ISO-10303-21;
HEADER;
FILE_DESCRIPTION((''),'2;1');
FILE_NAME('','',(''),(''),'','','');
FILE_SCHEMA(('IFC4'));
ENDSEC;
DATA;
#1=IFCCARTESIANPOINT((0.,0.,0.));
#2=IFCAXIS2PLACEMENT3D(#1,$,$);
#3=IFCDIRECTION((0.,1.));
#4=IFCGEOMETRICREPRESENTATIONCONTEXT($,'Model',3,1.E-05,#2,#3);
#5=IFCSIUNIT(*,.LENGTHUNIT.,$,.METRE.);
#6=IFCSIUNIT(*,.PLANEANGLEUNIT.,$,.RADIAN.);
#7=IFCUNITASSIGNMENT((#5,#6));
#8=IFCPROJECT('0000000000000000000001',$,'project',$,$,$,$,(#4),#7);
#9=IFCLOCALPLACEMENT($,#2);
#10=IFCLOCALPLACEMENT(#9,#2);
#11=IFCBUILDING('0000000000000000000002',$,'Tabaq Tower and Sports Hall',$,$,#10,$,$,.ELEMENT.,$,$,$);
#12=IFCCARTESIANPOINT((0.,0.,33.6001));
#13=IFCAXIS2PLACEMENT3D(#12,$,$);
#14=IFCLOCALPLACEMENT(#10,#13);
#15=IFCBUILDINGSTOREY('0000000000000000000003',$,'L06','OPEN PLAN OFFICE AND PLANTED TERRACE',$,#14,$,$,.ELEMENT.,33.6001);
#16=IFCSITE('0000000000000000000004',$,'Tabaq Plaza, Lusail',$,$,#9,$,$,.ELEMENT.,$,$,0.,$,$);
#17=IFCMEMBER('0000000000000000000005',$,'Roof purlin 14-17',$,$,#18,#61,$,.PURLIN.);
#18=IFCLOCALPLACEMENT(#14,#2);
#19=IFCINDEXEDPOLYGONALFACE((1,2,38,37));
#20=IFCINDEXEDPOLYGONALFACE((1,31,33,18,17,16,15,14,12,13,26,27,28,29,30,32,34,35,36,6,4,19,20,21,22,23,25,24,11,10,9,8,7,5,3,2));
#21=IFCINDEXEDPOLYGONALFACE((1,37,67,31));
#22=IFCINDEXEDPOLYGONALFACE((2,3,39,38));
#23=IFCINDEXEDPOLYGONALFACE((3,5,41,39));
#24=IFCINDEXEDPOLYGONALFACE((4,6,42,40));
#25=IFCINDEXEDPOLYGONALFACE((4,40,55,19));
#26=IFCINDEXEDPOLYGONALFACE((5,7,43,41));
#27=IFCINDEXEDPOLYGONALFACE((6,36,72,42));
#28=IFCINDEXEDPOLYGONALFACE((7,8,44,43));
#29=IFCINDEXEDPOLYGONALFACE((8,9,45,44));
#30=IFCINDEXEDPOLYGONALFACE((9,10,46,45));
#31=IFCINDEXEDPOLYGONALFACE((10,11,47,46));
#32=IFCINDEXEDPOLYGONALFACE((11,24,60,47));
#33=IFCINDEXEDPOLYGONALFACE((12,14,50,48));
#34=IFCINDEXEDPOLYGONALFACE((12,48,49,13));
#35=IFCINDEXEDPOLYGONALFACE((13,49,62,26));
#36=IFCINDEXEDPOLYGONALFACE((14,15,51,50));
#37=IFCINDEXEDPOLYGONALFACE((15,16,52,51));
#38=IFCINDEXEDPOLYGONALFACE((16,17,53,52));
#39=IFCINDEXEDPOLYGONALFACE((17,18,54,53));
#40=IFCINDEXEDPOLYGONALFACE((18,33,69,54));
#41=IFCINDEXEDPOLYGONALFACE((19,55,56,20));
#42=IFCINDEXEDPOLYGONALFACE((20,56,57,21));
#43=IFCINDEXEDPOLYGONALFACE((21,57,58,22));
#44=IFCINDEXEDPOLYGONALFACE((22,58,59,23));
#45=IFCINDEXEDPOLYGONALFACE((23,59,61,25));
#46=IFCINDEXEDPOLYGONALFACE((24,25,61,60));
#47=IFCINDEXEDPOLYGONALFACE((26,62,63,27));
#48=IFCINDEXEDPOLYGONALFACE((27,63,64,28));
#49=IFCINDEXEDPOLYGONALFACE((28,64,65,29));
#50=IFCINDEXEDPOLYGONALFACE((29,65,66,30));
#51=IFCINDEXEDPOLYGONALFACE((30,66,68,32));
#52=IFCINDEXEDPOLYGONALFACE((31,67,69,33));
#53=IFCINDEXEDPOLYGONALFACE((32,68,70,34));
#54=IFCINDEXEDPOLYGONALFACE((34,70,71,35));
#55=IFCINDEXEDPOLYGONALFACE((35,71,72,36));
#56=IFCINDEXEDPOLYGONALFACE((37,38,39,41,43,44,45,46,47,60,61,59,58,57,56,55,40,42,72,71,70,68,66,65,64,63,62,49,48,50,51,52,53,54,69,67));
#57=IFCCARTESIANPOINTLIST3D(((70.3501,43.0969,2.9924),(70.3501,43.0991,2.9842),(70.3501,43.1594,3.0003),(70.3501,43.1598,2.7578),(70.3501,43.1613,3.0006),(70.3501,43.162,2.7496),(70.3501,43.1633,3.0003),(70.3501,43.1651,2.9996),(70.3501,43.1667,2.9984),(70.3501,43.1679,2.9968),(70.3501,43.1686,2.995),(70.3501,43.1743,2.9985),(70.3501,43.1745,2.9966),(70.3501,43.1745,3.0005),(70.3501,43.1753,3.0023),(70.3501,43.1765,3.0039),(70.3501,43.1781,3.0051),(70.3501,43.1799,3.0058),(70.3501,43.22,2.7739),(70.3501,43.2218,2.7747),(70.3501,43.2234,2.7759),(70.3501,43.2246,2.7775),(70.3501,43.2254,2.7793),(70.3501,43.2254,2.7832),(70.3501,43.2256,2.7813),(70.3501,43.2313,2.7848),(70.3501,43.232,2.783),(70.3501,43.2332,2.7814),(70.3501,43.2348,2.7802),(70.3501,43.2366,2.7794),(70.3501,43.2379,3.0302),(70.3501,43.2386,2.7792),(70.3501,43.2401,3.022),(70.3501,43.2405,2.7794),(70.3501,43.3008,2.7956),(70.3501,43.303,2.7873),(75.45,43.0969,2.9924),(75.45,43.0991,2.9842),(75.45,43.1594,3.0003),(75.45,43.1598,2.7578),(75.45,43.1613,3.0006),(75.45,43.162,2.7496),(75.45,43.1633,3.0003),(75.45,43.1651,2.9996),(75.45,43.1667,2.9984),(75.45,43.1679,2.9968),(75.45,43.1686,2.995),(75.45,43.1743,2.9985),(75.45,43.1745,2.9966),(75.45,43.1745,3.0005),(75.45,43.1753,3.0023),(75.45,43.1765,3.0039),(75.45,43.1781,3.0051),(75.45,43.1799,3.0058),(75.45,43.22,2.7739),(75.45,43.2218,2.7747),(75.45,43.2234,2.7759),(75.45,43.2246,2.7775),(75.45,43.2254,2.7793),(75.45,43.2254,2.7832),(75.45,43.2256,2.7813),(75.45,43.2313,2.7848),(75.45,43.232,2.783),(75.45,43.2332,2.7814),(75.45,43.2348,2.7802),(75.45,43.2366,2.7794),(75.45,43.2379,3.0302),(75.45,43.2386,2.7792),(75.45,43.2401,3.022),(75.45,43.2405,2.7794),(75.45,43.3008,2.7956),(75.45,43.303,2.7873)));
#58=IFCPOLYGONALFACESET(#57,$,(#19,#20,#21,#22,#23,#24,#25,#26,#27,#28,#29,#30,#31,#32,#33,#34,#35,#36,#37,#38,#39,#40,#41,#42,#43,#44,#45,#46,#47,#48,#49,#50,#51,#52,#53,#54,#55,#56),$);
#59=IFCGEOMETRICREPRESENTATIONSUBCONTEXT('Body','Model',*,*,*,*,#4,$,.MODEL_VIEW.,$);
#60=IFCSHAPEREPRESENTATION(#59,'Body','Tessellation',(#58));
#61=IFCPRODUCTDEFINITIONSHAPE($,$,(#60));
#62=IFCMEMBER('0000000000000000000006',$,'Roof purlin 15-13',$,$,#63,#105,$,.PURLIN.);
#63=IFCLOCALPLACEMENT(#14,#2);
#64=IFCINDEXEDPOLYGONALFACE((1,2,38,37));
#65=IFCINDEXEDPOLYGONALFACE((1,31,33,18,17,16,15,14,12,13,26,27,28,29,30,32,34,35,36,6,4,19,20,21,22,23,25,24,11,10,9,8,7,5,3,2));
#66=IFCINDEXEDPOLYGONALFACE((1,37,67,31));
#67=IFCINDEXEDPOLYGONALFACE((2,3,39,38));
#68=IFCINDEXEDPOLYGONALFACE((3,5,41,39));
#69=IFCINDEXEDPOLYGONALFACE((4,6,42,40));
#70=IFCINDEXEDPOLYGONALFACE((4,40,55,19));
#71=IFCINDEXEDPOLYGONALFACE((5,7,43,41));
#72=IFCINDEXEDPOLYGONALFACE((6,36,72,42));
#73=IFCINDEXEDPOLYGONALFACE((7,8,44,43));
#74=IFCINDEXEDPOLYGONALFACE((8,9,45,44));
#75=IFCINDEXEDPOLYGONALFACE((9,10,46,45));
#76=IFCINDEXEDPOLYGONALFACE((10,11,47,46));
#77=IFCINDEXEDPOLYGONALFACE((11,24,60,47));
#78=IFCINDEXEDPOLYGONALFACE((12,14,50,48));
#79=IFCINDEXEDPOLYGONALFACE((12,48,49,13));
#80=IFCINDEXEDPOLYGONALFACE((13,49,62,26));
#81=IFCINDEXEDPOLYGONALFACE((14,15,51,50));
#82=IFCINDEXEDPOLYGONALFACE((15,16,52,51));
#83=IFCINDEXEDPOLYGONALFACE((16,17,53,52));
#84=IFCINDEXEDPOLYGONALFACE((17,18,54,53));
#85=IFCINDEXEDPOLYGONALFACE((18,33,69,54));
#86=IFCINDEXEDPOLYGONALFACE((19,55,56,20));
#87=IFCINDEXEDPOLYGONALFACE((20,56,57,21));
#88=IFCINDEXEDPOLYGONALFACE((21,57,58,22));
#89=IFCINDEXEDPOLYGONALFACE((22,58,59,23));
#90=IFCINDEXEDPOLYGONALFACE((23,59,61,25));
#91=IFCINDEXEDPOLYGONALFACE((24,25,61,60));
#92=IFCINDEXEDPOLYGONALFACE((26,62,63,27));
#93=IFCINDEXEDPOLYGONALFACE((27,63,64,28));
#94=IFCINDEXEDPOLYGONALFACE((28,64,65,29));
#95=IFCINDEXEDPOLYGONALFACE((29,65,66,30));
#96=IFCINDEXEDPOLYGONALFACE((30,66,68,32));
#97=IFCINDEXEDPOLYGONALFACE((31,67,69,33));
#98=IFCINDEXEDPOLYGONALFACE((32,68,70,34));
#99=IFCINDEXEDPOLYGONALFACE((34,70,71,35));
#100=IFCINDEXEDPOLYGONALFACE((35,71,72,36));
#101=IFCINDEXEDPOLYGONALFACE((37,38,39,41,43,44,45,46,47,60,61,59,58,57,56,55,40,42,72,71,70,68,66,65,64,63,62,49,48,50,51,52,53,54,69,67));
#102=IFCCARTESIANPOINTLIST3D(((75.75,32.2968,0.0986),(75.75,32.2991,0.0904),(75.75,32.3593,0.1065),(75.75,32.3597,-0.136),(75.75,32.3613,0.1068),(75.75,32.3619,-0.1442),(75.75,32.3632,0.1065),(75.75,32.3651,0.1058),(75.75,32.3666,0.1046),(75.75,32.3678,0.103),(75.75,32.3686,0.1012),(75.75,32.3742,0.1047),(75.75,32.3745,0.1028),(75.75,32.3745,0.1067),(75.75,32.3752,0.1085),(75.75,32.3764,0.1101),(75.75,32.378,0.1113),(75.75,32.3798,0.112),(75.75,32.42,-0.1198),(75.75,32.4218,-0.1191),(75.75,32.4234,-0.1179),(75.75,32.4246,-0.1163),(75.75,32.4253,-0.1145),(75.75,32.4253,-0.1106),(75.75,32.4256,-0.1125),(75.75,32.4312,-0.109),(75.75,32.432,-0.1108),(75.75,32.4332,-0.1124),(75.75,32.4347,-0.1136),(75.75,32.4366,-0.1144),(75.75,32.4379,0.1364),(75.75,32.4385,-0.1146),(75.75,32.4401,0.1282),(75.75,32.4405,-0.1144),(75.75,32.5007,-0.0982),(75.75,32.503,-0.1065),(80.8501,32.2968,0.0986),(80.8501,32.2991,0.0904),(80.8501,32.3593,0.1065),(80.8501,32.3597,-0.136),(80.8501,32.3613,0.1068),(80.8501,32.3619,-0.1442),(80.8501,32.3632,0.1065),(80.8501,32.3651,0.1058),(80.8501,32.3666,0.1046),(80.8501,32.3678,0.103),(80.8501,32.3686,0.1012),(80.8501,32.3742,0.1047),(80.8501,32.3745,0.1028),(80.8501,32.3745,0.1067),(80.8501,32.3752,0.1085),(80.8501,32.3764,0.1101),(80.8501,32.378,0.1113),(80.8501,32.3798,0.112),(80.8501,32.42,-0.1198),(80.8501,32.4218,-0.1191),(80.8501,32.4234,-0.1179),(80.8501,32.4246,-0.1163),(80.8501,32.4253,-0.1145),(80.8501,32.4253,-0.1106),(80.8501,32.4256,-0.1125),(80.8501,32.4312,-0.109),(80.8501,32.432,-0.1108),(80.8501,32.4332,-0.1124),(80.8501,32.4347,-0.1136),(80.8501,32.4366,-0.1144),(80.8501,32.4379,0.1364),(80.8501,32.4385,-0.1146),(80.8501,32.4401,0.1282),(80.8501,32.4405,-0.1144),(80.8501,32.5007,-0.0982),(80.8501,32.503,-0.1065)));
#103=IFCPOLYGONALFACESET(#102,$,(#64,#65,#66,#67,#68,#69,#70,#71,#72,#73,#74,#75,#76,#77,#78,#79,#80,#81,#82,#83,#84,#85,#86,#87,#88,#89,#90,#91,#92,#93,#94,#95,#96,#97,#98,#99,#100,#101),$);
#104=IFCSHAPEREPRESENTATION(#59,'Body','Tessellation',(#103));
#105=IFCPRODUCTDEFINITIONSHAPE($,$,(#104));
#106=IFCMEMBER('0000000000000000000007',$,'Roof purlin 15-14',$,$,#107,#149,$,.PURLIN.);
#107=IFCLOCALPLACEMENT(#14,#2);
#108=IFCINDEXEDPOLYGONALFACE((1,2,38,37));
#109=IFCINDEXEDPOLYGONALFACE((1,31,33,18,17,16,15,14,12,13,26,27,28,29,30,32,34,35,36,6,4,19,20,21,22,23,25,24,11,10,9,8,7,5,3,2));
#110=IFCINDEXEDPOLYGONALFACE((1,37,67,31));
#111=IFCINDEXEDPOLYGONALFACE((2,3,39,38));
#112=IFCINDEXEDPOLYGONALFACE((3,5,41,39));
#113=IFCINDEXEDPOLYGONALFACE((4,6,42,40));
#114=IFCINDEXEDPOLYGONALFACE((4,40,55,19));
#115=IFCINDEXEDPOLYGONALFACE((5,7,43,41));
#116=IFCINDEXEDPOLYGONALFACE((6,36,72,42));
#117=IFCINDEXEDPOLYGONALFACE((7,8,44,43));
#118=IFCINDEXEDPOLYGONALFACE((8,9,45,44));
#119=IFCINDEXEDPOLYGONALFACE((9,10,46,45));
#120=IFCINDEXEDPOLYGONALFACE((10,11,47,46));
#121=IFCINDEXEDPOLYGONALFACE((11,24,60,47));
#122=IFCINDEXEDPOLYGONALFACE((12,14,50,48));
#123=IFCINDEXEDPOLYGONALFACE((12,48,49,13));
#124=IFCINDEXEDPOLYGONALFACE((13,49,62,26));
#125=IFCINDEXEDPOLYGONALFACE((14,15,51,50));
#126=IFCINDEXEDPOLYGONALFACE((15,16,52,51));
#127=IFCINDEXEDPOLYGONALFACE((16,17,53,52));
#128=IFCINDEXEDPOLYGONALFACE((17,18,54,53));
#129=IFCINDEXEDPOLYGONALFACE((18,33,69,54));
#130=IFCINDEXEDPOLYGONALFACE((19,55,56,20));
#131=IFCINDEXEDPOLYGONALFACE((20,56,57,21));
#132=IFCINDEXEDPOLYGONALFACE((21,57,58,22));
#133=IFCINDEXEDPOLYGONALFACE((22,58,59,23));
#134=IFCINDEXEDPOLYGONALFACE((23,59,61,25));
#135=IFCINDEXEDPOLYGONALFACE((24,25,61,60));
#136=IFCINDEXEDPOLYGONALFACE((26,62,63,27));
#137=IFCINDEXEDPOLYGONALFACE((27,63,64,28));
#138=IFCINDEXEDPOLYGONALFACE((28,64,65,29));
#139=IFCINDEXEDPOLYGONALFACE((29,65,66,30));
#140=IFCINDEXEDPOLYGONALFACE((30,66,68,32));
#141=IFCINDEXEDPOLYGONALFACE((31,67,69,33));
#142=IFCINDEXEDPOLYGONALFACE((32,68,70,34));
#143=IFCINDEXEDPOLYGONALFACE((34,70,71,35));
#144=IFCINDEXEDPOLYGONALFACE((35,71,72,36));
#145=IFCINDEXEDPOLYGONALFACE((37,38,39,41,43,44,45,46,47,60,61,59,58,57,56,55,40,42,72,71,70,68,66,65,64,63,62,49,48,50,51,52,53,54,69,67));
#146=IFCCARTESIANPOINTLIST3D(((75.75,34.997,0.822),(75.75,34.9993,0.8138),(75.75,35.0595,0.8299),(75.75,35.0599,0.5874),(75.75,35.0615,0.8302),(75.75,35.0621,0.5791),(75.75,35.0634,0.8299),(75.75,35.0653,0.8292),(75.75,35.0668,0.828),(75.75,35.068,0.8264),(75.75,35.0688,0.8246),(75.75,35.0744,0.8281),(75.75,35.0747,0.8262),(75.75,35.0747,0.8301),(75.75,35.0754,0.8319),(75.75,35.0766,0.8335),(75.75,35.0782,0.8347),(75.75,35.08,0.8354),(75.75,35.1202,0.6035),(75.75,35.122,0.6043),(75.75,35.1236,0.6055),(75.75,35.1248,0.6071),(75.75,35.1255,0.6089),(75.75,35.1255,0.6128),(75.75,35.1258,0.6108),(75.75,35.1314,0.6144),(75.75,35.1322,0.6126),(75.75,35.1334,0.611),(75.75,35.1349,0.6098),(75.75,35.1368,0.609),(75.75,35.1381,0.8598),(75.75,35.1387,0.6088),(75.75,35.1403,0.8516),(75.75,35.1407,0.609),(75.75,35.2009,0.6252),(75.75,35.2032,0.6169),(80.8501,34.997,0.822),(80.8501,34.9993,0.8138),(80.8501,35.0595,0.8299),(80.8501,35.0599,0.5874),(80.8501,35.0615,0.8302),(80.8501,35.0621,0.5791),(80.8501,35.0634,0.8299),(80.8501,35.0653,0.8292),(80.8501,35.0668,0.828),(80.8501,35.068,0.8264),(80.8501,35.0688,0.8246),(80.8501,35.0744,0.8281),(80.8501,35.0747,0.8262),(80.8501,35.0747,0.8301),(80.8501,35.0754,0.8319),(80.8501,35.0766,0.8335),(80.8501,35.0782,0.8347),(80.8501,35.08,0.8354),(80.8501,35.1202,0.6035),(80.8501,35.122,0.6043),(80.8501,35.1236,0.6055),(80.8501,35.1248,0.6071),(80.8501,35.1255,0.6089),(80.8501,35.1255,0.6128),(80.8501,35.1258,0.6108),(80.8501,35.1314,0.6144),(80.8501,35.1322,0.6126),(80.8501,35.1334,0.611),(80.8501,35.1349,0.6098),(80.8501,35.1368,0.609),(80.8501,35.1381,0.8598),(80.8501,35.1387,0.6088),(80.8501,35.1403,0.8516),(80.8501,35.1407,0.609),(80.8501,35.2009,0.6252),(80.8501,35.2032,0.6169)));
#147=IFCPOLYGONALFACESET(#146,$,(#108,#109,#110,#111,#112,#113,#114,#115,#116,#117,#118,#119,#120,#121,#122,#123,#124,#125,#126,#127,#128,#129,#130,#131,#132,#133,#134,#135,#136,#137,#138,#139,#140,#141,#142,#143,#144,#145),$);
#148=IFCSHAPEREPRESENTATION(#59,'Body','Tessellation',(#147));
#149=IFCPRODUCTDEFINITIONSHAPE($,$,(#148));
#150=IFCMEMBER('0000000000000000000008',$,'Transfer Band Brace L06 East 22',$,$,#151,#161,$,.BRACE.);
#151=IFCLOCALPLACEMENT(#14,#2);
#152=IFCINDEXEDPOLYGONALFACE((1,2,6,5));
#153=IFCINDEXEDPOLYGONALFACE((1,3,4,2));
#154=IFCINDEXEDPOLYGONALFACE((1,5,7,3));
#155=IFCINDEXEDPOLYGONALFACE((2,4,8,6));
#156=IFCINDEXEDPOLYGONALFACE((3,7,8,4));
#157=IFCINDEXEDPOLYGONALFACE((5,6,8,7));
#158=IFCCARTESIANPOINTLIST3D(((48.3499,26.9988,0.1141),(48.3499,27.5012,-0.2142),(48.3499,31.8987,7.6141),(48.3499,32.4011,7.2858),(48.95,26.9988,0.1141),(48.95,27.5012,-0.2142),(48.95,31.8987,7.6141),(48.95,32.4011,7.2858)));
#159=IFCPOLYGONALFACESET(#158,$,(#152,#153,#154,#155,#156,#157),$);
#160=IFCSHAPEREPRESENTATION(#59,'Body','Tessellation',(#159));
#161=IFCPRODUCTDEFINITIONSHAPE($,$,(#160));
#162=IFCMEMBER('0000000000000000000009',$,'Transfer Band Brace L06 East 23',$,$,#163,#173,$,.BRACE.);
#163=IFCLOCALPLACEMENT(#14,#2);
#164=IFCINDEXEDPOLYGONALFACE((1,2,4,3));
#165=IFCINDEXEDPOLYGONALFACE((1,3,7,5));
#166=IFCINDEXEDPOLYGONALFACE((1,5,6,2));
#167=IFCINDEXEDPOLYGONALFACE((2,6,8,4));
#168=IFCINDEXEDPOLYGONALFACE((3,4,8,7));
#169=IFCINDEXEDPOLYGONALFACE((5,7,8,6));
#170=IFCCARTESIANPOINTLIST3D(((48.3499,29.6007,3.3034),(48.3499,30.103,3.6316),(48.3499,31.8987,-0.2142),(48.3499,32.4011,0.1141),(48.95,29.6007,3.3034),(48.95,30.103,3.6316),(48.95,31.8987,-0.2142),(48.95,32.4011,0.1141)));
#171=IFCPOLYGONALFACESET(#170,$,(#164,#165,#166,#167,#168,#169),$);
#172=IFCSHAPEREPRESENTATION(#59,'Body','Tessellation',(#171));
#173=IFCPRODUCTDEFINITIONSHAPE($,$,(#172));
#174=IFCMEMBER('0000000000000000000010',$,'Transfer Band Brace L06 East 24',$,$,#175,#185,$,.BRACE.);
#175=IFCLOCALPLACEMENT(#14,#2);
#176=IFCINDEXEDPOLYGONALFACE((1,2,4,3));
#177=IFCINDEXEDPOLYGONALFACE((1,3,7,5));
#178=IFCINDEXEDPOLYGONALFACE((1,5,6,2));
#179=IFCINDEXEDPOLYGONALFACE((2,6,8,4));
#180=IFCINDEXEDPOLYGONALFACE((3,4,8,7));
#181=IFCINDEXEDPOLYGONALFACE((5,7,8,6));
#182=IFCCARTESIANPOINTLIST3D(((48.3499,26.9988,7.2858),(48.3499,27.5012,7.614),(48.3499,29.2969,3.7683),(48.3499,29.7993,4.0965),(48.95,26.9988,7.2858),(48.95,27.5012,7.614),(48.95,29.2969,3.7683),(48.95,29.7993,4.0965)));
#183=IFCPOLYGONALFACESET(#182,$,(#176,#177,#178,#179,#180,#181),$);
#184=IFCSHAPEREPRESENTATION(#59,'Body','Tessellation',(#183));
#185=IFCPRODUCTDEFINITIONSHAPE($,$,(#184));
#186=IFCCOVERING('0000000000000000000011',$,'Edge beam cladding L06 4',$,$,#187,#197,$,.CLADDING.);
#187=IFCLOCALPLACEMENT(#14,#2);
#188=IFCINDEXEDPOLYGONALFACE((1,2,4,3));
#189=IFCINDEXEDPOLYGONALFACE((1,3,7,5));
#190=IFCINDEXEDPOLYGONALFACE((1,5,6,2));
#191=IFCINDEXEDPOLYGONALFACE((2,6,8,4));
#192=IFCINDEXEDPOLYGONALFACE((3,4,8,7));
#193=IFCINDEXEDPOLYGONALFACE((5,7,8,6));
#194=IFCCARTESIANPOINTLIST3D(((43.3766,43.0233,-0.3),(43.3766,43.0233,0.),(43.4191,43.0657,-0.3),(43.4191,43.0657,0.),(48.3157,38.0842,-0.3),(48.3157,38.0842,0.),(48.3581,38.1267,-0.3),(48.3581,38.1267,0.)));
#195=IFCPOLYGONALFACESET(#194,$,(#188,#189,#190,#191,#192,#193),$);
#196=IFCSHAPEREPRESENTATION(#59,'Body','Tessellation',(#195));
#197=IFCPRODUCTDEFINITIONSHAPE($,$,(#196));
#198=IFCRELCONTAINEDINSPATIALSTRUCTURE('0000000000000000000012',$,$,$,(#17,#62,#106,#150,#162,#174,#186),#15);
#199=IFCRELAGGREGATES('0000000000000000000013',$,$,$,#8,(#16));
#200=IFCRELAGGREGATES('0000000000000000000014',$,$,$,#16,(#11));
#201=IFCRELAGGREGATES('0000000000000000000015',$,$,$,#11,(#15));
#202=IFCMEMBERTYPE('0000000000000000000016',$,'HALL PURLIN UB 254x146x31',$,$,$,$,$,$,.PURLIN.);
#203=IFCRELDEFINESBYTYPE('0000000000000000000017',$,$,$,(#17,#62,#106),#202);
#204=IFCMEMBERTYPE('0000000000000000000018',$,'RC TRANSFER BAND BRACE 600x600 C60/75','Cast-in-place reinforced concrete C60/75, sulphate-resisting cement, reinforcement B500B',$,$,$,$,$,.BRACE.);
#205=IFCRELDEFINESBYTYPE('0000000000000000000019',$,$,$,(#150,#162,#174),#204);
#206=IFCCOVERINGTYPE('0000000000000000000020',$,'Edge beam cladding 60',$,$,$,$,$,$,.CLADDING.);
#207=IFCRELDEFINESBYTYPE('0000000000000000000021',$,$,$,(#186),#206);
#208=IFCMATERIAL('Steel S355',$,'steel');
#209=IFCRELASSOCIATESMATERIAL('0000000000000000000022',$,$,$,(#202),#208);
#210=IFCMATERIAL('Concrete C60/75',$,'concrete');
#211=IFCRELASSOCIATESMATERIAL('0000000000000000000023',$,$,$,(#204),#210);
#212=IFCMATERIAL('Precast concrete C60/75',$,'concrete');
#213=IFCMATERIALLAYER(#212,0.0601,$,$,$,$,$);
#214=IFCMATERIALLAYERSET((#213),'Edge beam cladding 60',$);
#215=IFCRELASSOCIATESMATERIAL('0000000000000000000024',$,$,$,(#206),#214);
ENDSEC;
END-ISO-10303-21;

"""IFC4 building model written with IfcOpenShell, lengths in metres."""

from ifc_helpers import new_model, si_unit, direction, frame, frame_2d, origin, origin_2d, place, context, subcontext, project, spatial, rectangle, i_section, extrude, material, layer, layer_set, material_profile, profile_set, type_object, element, save


model = new_model("IFC4")

# Units and contexts
model_context = context("Model", 3, precision=1e-05, world=origin(), true_north=direction((0.0, 1.0)))
body_context = subcontext(model_context, "Body", "Model", "MODEL_VIEW")
ifc_project = project(units=[si_unit("LENGTHUNIT", "METRE"), si_unit("PLANEANGLEUNIT", "RADIAN")], contexts=[model_context])

# Site, building, storey
site_placement = place(None, origin())
site = spatial("IfcSite", under=ifc_project, at=site_placement, Name="Tabaq Plaza, Lusail", CompositionType="ELEMENT", RefElevation=0.0)
building_placement = place(site_placement, origin())
building = spatial("IfcBuilding", under=site, at=building_placement, Name="Tabaq Tower and Sports Hall", CompositionType="ELEMENT")
storey_placement = place(building_placement, frame((0.0, 0.0, 33.6001)))
storey = spatial("IfcBuildingStorey", under=building, at=storey_placement, Name="L06", Description="OPEN PLAN OFFICE AND PLANTED TERRACE", CompositionType="ELEMENT", Elevation=33.6001)

# Members
ifc_material_1 = material(Name="Steel S355", Category="steel")
ifc_material_profile_1 = material_profile(ifc_material_1, i_section(OverallWidth=0.146, OverallDepth=0.2515, WebThickness=0.0061, FlangeThickness=0.0085, FilletRadius=0.0076, at=origin_2d()), Name="UB 254x146x31")
ifc_profile_set_1 = profile_set([ifc_material_profile_1], Name="Steel S355")
member_type_1 = type_object("IfcMemberType", Name="HALL PURLIN UB 254x146x31", PredefinedType="PURLIN", material=ifc_profile_set_1)
for number, where, z_axis, x_axis, name in (
    (1, (70.3501, 43.2, 2.8899), (1.0, 0.0, 0.0), (0.0, 0.965926, 0.258819), "Roof purlin 14-17"),
):
    element("IfcMember", number, at=place(storey_placement, frame(where, z_axis=z_axis, x_axis=x_axis)), inside=storey, type_object=member_type_1, Name=name, PredefinedType="PURLIN", context=body_context, shape_type="SweptSolid", body=[
        extrude(i_section(OverallWidth=0.146, OverallDepth=0.2515, WebThickness=0.0061, FlangeThickness=0.0085, FilletRadius=0.0076, at=origin_2d()), origin(), (0.0, 0.0, 1.0), 5.0999),
    ])
for number, where, z_axis, x_axis, name in (
    (2, (75.75, 32.3999, -0.0039), (1.0, 0.0, 0.0), (0.0, 0.965926, 0.258819), "Roof purlin 15-13"),
    (3, (75.75, 35.1001, 0.7195), (1.0, 0.0, 0.0), (0.0, 0.965926, 0.258819), "Roof purlin 15-14"),
):
    element("IfcMember", number, at=place(storey_placement, frame(where, z_axis=z_axis, x_axis=x_axis)), inside=storey, type_object=member_type_1, Name=name, PredefinedType="PURLIN", context=body_context, shape_type="SweptSolid", body=[
        extrude(i_section(OverallWidth=0.146, OverallDepth=0.2515, WebThickness=0.0061, FlangeThickness=0.0085, FilletRadius=0.0076, at=origin_2d()), origin(), (0.0, 0.0, 1.0), 5.1001),
    ])
ifc_material_2 = material(Name="Concrete C60/75", Category="concrete")
ifc_material_profile_2 = material_profile(ifc_material_2, rectangle(XDim=0.6001, YDim=0.6001, at=origin_2d()), Name="TRANSFER BAND BRACE 600x600")
ifc_profile_set_2 = profile_set([ifc_material_profile_2], Name="Concrete C60/75")
member_type_2 = type_object("IfcMemberType", Name="RC TRANSFER BAND BRACE 600x600 C60/75", Description="Cast-in-place reinforced concrete C60/75, sulphate-resisting cement, reinforcement B500B", PredefinedType="BRACE", material=ifc_profile_set_2)
member_placement = place(storey_placement, frame((48.6499, 27.25, -0.05), z_axis=(0.0, 0.546941, 0.837171), x_axis=(-1.0, 0.0, 0.0)))
element("IfcMember", 4, at=member_placement, inside=storey, type_object=member_type_2, Name="Transfer Band Brace L06 East 22", PredefinedType="BRACE", context=body_context, shape_type="SweptSolid", body=[
    extrude(rectangle(XDim=0.6001, YDim=0.6001, at=origin_2d()), origin(), (0.0, 0.0, 1.0), 8.9587),
])
for number, where, z_axis, x_axis, name in (
    (5, (48.6499, 32.1499, -0.05), (0.0, -0.546939, 0.837172), (1.0, 0.0, 0.0), "Transfer Band Brace L06 East 23"),
    (6, (48.6499, 29.5481, 3.9324), (0.0, -0.546939, 0.837172), (1.0, 0.0, 0.0), "Transfer Band Brace L06 East 24"),
):
    element("IfcMember", number, at=place(storey_placement, frame(where, z_axis=z_axis, x_axis=x_axis)), inside=storey, type_object=member_type_2, Name=name, PredefinedType="BRACE", context=body_context, shape_type="SweptSolid", body=[
        extrude(rectangle(XDim=0.6001, YDim=0.6001, at=origin_2d()), origin(), (0.0, 0.0, 1.0), 4.2017),
    ])

# Covering
ifc_material_3 = material(Name="Precast concrete C60/75", Category="concrete")
ifc_layer_1 = layer(ifc_material_3, 0.0601)
ifc_layer_set_1 = layer_set([ifc_layer_1], Name="Edge beam cladding 60")
covering_type_1 = type_object("IfcCoveringType", Name="Edge beam cladding 60", PredefinedType="CLADDING", material=ifc_layer_set_1)
covering_1_placement = place(storey_placement, frame((48.3369, 38.1055, -0.3), z_axis=(0.0, 0.0, 1.0), x_axis=(-0.707107, 0.707107, 0.0)))
element("IfcCovering", 7, at=covering_1_placement, inside=storey, type_object=covering_type_1, Name="Edge beam cladding L06 4", PredefinedType="CLADDING", context=body_context, shape_type="SweptSolid", body=[
    extrude(rectangle(XDim=6.9849, YDim=0.0601, at=frame_2d((3.4924, 0.0))), origin(), (0.0, 0.0, 1.0), 0.3),
])

save(model, "model.ifc")
